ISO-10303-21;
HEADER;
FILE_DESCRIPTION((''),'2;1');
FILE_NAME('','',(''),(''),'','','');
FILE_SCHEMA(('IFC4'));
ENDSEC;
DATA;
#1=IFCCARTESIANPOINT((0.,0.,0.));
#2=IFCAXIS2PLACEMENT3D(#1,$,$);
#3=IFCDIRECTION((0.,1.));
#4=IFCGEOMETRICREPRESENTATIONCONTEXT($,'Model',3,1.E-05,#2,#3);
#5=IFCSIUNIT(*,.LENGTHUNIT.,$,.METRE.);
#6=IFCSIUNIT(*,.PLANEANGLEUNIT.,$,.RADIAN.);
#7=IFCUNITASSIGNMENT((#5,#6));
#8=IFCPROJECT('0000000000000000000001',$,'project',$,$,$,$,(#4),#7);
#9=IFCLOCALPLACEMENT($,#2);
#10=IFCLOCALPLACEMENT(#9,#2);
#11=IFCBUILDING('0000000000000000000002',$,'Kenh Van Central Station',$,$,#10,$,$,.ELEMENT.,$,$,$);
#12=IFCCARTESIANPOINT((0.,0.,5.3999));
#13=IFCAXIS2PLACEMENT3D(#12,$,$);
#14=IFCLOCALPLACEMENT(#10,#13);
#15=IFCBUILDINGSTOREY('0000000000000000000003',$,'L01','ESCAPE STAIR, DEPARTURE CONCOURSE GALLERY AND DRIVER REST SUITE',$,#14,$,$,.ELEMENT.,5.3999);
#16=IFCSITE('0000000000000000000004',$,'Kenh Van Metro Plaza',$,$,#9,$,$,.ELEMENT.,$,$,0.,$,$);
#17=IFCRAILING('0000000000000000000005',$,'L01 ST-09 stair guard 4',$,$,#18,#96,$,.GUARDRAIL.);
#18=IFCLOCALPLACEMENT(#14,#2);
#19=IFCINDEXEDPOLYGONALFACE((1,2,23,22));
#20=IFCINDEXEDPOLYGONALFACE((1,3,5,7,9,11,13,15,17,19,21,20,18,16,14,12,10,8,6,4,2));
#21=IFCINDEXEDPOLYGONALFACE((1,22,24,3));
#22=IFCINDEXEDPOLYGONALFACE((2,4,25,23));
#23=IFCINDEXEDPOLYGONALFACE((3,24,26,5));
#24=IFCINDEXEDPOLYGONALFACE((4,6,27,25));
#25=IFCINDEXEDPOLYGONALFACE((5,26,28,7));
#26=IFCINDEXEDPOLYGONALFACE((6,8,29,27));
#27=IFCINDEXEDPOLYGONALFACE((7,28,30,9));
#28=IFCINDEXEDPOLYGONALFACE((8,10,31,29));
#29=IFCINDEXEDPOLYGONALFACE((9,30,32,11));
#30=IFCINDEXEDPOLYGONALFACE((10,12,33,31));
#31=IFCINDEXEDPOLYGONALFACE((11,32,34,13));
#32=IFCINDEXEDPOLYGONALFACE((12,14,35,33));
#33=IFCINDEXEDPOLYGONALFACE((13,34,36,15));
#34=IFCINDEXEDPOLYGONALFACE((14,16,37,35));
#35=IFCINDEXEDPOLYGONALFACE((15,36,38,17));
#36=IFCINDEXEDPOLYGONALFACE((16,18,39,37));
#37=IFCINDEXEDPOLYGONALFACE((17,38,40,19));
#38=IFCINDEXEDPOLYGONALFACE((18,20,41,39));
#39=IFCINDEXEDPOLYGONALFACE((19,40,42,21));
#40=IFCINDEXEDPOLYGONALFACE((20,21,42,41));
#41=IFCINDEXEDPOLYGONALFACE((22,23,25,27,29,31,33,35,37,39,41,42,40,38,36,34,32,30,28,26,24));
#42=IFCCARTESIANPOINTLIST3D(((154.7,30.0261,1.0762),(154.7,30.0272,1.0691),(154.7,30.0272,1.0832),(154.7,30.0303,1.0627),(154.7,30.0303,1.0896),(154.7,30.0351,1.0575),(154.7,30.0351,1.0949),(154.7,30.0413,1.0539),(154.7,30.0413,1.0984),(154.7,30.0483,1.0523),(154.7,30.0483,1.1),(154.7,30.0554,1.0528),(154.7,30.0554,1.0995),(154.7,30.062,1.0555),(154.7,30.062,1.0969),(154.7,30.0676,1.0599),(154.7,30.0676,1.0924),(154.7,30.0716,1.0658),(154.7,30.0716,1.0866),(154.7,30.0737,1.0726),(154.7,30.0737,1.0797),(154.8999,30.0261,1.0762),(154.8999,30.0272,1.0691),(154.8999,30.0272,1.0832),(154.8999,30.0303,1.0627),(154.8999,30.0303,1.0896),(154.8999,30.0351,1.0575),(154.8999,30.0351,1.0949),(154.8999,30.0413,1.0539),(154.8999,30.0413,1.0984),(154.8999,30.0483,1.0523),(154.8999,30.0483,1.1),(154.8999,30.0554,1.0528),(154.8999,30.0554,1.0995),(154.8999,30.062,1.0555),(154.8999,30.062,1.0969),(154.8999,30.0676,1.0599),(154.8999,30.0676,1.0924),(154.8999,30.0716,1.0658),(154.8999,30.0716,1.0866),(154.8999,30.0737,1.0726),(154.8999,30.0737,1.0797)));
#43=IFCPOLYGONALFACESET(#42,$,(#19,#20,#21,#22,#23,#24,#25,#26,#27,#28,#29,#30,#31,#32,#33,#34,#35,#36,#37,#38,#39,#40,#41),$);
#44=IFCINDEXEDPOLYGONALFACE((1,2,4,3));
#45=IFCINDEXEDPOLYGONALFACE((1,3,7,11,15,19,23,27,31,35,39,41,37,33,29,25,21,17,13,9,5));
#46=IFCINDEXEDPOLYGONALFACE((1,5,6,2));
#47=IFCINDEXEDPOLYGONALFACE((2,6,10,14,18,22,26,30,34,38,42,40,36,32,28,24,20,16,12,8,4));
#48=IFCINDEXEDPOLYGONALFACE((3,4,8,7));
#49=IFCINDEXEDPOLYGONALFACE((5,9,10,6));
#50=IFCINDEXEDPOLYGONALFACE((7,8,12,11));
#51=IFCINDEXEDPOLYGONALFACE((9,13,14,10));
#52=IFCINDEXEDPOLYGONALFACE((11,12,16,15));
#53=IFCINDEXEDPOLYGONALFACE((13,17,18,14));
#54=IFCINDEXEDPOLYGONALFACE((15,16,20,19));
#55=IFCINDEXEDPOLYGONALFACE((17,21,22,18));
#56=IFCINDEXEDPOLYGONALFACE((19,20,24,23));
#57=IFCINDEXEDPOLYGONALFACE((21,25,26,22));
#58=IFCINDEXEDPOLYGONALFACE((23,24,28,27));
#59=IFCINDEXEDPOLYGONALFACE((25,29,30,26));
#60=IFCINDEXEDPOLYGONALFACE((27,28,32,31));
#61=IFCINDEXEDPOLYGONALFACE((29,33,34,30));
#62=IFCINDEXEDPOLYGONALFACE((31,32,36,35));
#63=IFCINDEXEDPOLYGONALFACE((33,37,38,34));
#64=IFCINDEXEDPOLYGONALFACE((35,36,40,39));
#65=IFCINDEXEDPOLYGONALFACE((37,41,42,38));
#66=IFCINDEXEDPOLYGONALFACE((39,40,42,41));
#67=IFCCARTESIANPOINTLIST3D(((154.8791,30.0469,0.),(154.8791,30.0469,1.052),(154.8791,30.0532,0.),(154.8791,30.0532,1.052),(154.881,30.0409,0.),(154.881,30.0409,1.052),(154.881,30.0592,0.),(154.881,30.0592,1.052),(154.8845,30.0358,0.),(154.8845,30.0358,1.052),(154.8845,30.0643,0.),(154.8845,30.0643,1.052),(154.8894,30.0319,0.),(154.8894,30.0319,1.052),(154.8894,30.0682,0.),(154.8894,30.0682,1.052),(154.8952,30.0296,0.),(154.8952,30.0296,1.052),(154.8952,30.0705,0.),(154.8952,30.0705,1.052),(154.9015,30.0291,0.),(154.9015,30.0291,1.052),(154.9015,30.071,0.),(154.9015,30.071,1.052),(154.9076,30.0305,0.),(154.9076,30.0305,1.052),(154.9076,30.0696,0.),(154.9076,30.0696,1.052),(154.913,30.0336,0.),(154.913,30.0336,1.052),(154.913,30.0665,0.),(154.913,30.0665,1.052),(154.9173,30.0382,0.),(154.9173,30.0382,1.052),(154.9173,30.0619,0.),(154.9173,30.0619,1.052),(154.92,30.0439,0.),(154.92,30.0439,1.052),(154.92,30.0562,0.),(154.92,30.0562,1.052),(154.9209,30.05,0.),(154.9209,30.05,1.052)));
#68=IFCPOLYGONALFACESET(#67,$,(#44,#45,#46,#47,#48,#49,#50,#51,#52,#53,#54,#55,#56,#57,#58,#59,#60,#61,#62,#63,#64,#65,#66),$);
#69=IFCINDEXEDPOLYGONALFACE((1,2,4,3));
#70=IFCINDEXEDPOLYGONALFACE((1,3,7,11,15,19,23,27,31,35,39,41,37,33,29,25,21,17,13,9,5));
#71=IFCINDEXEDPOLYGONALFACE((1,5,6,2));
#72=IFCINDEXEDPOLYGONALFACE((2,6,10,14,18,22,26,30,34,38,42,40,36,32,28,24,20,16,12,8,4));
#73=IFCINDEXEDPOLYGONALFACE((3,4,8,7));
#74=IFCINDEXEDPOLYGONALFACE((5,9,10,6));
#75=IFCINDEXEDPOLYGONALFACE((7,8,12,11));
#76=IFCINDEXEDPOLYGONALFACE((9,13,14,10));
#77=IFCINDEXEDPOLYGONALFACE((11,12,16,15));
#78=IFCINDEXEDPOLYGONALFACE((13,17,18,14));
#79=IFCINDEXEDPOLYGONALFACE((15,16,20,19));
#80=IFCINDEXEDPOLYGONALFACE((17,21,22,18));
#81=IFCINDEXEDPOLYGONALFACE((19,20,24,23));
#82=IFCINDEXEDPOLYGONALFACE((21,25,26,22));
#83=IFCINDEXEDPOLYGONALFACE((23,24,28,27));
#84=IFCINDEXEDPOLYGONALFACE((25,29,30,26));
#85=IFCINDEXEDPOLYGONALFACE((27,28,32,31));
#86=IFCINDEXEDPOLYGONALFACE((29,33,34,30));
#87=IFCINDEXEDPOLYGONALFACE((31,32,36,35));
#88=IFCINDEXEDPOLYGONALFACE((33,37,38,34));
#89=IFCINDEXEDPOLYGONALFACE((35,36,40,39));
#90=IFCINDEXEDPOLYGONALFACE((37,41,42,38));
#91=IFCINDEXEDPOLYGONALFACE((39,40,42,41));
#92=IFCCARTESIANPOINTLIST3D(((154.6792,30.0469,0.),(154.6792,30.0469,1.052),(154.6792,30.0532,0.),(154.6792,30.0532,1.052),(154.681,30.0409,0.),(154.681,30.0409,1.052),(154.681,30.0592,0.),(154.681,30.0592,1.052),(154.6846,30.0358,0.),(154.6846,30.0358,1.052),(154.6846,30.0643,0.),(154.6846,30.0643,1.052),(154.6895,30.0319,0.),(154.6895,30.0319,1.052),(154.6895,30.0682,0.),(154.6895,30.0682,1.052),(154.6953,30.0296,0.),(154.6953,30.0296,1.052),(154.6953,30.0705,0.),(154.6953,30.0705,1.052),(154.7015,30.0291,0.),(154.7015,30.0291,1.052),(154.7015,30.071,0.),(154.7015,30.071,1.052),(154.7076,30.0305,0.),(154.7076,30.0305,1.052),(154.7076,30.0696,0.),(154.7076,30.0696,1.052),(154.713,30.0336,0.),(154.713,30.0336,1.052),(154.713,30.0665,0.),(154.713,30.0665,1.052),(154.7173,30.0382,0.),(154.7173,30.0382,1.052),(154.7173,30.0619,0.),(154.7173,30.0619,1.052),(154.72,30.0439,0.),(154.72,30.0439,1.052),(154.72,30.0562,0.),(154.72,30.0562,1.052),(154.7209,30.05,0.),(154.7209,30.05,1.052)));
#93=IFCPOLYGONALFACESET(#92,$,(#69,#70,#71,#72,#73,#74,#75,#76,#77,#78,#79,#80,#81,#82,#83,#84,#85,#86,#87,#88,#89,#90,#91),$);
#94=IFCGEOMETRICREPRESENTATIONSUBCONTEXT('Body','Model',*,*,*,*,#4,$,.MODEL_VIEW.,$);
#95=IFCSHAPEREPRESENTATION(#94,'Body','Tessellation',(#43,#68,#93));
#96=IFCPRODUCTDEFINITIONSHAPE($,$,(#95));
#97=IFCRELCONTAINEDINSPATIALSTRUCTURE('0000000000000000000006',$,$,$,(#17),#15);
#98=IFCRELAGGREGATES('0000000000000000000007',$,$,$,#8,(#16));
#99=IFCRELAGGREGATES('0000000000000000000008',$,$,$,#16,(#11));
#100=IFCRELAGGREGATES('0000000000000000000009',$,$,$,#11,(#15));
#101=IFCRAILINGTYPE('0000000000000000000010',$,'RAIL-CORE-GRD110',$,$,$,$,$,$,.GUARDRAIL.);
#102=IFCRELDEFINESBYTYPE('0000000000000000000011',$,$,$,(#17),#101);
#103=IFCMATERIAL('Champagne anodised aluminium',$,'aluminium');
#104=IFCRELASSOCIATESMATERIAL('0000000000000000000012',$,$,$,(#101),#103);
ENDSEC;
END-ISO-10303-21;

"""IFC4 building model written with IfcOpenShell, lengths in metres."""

from ifc_helpers import new_model, si_unit, direction, frame, origin, origin_2d, place, context, subcontext, project, spatial, circle, extrude, material, type_object, element, save


model = new_model("IFC4")

# Units and contexts
model_context = context("Model", 3, precision=1e-05, world=origin(), true_north=direction((0.0, 1.0)))
body_context = subcontext(model_context, "Body", "Model", "MODEL_VIEW")
ifc_project = project(units=[si_unit("LENGTHUNIT", "METRE"), si_unit("PLANEANGLEUNIT", "RADIAN")], contexts=[model_context])

# Site, building, storey
site_placement = place(None, origin())
site = spatial("IfcSite", under=ifc_project, at=site_placement, Name="Kenh Van Metro Plaza", CompositionType="ELEMENT", RefElevation=0.0)
building_placement = place(site_placement, origin())
building = spatial("IfcBuilding", under=site, at=building_placement, Name="Kenh Van Central Station", CompositionType="ELEMENT")
storey_placement = place(building_placement, frame((0.0, 0.0, 5.3999)))
storey = spatial("IfcBuildingStorey", under=building, at=storey_placement, Name="L01", Description="ESCAPE STAIR, DEPARTURE CONCOURSE GALLERY AND DRIVER REST SUITE", CompositionType="ELEMENT", Elevation=5.3999)

# Shared definitions
ifc_material_1 = material(Name="Champagne anodised aluminium", Category="aluminium")

# Railing
railing_type_1 = type_object("IfcRailingType", Name="RAIL-CORE-GRD110", PredefinedType="GUARDRAIL", material=ifc_material_1)
railing_1_placement = place(storey_placement, frame((154.8999, 30.05, 0.0)))
element("IfcRailing", 1, at=railing_1_placement, inside=storey, type_object=railing_type_1, Name="L01 ST-09 stair guard 4", PredefinedType="GUARDRAIL", context=body_context, shape_type="SweptSolid", body=[
    extrude(circle(Radius=0.0239, at=origin_2d()), frame((0.0, 0.0, 1.0762), z_axis=(-1.0, 0.0, 0.0), x_axis=(0.0, -1.0, 0.0)), (0.0, 0.0, 1.0), 0.2),
    extrude(circle(Radius=0.021, at=origin_2d()), origin(), (0.0, 0.0, 1.0), 1.052),
    extrude(circle(Radius=0.021, at=origin_2d()), frame((-0.2, 0.0, 0.0)), (0.0, 0.0, 1.0), 1.052),
])

save(model, "model.ifc")
